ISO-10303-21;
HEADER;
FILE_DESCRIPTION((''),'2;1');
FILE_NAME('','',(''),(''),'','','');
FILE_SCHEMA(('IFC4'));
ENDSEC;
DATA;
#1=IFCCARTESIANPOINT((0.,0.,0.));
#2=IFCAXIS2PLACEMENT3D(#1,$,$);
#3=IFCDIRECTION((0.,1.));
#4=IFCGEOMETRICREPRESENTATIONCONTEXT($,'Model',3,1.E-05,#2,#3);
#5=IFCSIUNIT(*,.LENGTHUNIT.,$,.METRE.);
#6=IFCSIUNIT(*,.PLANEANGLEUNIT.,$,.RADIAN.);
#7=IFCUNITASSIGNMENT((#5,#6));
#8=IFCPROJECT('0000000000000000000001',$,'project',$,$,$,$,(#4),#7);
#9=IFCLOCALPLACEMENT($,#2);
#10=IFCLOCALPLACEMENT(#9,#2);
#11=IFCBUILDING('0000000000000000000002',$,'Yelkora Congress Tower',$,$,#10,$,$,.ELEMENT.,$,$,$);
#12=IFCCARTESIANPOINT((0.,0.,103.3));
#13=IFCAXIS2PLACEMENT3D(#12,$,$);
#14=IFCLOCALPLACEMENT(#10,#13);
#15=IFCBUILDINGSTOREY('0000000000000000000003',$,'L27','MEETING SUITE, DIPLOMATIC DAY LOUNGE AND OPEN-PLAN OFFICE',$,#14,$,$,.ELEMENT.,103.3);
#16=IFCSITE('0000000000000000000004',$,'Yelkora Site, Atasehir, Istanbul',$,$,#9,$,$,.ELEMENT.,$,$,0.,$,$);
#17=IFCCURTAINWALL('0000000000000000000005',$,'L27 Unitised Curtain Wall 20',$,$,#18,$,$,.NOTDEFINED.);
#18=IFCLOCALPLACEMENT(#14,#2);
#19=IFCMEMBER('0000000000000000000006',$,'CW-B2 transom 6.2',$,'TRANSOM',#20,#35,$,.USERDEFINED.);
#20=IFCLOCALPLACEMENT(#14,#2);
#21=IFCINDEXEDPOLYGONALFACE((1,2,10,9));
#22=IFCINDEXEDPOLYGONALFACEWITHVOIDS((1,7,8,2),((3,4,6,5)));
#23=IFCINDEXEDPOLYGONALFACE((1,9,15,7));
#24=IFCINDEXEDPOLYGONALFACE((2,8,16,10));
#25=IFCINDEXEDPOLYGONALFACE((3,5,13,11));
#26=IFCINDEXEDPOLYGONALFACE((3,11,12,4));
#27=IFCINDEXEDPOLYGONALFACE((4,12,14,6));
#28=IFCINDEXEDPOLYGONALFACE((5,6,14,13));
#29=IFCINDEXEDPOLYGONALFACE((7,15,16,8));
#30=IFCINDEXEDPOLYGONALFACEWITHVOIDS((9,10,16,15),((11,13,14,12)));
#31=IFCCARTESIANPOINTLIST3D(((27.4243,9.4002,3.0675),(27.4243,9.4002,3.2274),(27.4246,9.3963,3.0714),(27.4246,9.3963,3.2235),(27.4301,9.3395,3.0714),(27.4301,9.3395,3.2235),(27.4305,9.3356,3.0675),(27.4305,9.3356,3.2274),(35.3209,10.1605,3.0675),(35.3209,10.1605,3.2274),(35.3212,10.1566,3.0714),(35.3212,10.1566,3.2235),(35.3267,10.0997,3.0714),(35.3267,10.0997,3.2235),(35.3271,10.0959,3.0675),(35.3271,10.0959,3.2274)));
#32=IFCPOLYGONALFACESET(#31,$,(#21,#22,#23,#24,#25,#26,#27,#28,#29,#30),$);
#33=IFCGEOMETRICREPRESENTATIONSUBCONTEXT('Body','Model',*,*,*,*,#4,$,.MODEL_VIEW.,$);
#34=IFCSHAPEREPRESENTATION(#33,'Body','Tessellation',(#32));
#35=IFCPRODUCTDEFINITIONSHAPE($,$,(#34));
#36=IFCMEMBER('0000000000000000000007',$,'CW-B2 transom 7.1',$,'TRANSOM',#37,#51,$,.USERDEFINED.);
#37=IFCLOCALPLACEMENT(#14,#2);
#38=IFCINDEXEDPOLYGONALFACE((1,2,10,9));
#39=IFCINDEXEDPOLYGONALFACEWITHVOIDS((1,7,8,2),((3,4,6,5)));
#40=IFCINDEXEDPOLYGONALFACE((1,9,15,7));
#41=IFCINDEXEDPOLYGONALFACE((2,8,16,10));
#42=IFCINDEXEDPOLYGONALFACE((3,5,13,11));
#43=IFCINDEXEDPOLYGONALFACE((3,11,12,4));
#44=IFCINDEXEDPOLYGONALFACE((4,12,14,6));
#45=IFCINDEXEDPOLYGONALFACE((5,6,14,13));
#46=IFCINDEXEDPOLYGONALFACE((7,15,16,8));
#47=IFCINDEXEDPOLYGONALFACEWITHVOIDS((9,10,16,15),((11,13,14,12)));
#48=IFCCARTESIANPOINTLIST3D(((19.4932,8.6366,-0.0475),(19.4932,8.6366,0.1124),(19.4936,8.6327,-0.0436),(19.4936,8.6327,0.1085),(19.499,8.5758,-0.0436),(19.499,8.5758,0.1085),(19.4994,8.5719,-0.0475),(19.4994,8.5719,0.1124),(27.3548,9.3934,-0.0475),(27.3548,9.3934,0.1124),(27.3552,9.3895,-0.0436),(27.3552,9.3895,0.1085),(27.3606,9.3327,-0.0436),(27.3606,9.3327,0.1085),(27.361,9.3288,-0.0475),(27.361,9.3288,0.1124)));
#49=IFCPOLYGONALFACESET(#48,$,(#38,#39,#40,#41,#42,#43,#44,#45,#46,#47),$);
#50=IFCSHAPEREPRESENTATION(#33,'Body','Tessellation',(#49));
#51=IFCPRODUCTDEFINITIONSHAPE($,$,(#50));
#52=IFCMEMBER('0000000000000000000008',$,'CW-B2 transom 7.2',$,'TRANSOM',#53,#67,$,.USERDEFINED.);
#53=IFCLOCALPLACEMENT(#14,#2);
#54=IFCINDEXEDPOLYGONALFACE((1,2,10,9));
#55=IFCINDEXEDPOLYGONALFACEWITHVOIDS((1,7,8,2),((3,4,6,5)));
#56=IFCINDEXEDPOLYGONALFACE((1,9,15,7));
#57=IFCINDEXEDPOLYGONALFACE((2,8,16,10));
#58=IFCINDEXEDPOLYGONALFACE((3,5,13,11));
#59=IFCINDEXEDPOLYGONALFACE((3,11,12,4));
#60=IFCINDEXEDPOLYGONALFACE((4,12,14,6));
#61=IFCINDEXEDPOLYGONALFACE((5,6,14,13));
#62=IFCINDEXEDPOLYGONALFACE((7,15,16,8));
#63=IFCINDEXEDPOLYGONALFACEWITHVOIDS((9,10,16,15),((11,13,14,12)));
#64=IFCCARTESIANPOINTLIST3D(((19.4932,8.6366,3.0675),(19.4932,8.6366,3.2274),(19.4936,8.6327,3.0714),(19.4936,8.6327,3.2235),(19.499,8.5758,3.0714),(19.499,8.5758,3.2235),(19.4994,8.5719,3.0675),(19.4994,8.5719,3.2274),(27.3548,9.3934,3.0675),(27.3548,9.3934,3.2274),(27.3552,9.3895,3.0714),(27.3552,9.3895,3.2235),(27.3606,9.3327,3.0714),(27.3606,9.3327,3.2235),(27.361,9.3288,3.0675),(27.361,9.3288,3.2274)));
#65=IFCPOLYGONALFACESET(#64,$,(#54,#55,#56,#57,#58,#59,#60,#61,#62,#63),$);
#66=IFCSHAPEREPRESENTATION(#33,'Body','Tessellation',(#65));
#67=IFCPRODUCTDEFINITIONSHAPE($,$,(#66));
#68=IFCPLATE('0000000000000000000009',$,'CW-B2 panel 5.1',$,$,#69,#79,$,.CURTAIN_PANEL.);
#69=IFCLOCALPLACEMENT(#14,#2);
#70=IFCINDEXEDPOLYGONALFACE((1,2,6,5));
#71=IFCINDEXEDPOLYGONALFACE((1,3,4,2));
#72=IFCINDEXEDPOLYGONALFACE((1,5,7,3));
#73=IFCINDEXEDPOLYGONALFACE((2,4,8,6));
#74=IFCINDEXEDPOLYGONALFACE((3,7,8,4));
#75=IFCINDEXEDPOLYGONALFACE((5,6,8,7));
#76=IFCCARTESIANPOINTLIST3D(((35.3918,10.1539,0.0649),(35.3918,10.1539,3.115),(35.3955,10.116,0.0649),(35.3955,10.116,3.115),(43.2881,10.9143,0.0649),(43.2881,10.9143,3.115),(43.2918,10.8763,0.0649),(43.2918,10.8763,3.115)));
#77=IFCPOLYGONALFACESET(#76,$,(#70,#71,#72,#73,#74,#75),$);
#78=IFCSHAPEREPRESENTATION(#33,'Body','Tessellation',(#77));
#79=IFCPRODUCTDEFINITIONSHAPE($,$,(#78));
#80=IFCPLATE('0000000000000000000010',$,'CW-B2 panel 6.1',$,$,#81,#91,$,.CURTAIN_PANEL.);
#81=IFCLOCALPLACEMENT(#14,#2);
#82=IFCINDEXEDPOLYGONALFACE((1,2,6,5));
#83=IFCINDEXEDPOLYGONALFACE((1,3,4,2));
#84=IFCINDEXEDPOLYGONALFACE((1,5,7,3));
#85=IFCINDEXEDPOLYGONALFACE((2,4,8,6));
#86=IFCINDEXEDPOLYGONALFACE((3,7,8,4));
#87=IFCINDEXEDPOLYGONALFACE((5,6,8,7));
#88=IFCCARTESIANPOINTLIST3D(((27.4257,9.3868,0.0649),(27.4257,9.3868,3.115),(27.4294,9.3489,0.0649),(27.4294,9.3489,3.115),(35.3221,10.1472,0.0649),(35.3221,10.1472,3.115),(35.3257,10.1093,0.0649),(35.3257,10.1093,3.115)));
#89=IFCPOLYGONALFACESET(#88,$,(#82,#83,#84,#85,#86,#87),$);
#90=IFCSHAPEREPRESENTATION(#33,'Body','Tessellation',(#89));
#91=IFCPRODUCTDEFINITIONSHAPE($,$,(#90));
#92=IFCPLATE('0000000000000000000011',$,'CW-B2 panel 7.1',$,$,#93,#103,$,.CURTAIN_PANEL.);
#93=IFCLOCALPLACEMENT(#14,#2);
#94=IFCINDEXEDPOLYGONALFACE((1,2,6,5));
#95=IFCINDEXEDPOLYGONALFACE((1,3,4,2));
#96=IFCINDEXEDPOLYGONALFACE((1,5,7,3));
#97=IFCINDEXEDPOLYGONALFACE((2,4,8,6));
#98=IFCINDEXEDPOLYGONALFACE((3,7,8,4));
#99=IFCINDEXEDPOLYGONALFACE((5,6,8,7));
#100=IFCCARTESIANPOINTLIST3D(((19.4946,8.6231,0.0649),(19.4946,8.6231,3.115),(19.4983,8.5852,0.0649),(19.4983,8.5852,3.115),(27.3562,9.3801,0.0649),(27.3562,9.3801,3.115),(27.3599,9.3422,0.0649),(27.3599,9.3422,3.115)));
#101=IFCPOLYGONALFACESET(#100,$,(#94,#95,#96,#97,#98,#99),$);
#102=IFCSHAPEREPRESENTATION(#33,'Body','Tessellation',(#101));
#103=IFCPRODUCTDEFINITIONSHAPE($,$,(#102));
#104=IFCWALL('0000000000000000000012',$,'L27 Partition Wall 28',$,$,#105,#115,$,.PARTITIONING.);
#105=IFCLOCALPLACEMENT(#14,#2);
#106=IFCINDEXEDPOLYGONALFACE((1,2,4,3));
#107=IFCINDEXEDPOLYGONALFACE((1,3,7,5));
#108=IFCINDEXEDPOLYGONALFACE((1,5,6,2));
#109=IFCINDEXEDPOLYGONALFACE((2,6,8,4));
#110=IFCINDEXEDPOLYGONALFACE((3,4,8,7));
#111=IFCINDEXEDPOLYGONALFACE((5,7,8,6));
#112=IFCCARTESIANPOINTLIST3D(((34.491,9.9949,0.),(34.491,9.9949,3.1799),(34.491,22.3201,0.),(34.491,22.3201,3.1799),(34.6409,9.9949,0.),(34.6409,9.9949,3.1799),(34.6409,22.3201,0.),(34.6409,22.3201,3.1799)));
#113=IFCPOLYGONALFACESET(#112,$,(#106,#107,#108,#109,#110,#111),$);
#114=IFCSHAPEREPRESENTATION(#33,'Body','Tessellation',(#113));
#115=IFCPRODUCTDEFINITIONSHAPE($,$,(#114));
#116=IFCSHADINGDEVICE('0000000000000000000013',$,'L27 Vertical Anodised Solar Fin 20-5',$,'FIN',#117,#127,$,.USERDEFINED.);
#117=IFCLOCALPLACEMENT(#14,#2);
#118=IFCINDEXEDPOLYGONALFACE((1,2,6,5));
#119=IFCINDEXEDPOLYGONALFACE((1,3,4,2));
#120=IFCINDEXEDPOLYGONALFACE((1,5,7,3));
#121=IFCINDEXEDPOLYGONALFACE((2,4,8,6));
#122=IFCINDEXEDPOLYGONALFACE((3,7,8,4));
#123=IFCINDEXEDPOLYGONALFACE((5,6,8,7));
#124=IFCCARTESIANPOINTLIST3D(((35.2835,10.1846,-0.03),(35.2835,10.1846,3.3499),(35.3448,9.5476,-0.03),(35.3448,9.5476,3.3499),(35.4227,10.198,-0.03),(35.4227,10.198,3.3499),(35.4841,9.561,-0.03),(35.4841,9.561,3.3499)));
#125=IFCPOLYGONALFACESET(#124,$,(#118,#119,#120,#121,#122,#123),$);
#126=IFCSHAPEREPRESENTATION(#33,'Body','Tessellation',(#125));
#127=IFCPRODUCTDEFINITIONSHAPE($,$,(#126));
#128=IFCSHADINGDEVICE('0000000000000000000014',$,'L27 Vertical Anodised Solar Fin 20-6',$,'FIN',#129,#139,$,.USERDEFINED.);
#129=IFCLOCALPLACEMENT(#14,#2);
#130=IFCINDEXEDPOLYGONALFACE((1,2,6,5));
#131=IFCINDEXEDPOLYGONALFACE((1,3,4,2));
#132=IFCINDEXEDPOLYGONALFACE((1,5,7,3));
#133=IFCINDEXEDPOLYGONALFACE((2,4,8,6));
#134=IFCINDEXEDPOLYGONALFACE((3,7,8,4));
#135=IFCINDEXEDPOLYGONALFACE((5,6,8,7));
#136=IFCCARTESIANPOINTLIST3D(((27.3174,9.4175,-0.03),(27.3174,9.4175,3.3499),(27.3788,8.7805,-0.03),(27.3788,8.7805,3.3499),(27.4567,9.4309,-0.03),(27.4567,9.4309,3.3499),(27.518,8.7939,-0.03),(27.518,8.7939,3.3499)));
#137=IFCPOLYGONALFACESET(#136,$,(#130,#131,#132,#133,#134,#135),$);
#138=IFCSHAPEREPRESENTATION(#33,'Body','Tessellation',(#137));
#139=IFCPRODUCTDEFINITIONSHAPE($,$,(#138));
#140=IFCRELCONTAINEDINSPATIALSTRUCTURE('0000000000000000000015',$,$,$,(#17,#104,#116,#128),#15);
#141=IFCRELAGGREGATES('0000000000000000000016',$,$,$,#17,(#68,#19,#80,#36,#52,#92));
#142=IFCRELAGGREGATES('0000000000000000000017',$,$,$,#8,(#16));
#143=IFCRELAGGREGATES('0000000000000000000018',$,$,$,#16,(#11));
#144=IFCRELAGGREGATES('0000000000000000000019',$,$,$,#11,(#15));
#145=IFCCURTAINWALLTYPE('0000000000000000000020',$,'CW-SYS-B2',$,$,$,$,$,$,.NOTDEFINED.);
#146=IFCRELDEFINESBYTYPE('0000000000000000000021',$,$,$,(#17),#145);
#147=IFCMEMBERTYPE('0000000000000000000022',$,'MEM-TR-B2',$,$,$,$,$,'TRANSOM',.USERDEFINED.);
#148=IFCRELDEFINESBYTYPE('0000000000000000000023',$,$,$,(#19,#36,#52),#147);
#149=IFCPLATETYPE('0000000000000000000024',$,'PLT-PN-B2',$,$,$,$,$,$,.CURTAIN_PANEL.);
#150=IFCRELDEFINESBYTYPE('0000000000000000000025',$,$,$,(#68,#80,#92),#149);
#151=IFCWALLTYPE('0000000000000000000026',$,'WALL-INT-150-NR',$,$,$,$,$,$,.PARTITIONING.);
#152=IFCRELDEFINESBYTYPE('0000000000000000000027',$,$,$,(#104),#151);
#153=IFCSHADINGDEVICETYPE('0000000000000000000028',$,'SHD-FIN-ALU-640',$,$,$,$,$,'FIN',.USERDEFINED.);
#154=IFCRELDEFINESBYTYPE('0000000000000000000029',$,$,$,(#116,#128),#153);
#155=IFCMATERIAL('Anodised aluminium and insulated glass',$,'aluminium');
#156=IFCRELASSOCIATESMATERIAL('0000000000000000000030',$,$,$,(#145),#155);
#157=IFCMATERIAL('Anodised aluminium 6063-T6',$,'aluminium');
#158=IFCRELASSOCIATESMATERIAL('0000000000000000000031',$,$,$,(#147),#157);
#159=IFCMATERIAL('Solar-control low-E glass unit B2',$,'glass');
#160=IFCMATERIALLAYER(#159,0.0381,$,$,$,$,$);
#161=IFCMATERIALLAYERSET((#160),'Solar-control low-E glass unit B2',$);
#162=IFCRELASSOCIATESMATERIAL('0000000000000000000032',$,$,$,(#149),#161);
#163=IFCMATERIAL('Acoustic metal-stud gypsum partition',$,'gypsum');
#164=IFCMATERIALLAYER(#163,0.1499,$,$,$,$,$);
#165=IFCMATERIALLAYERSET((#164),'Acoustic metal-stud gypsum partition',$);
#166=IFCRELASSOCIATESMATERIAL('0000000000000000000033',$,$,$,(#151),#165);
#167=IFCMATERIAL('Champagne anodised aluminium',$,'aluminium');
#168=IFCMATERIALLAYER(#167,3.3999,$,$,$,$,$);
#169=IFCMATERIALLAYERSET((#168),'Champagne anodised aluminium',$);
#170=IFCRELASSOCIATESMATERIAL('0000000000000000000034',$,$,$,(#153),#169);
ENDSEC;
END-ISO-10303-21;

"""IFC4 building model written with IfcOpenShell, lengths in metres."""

from ifc_helpers import new_model, si_unit, direction, frame, frame_2d, origin, origin_2d, place, context, subcontext, project, spatial, rectangle, hollow_rectangle, extrude, material, layer, layer_set, material_profile, profile_set, type_object, element, aggregate, save


model = new_model("IFC4")

# Units and contexts
model_context = context("Model", 3, precision=1e-05, world=origin(), true_north=direction((0.0, 1.0)))
body_context = subcontext(model_context, "Body", "Model", "MODEL_VIEW")
ifc_project = project(units=[si_unit("LENGTHUNIT", "METRE"), si_unit("PLANEANGLEUNIT", "RADIAN")], contexts=[model_context])

# Site, building, storey
site_placement = place(None, origin())
site = spatial("IfcSite", under=ifc_project, at=site_placement, Name="Yelkora Site, Atasehir, Istanbul", CompositionType="ELEMENT", RefElevation=0.0)
building_placement = place(site_placement, origin())
building = spatial("IfcBuilding", under=site, at=building_placement, Name="Yelkora Congress Tower", CompositionType="ELEMENT")
storey_placement = place(building_placement, frame((0.0, 0.0, 103.3)))
storey = spatial("IfcBuildingStorey", under=building, at=storey_placement, Name="L27", Description="MEETING SUITE, DIPLOMATIC DAY LOUNGE AND OPEN-PLAN OFFICE", CompositionType="ELEMENT", Elevation=103.3)

# Curtain wall, members, plates
ifc_material_1 = material(Name="Anodised aluminium and insulated glass", Category="aluminium")
curtain_wall_type = type_object("IfcCurtainWallType", Name="CW-SYS-B2", PredefinedType="NOTDEFINED", material=ifc_material_1)
curtain_wall_placement = place(storey_placement, origin())
curtain_wall = element("IfcCurtainWall", 1, at=curtain_wall_placement, inside=storey, type_object=curtain_wall_type, Name="L27 Unitised Curtain Wall 20", PredefinedType="NOTDEFINED")
ifc_material_2 = material(Name="Anodised aluminium 6063-T6", Category="aluminium")
ifc_material_profile_1 = material_profile(ifc_material_2, hollow_rectangle(XDim=0.0649, YDim=0.1599, WallThickness=0.0039, at=origin_2d()), Name="ALU 65x160x4")
ifc_profile_set_1 = profile_set([ifc_material_profile_1], Name="Anodised aluminium 6063-T6")
member_type_1 = type_object("IfcMemberType", Name="MEM-TR-B2", ElementType="TRANSOM", PredefinedType="USERDEFINED", material=ifc_profile_set_1)
member_1_placement = place(storey_placement, frame((35.324, 10.1282, 3.1475), z_axis=(-0.995397, -0.095834, 0.0), x_axis=(0.095834, -0.995397, 0.0)))
member_1 = element("IfcMember", 2, at=member_1_placement, type_object=member_type_1, Name="CW-B2 transom 6.2", ObjectType="TRANSOM", PredefinedType="USERDEFINED", context=body_context, shape_type="SweptSolid", body=[
    extrude(hollow_rectangle(XDim=0.0649, YDim=0.1599, WallThickness=0.0039, at=origin_2d()), origin(), (0.0, 0.0, 1.0), 7.9331),
])
member_2_placement = place(storey_placement, frame((27.3579, 9.3611, 0.0325), z_axis=(-0.995398, -0.095827, 0.0), x_axis=(0.095827, -0.995398, 0.0)))
member_2 = element("IfcMember", 3, at=member_2_placement, type_object=member_type_1, Name="CW-B2 transom 7.1", ObjectType="TRANSOM", PredefinedType="USERDEFINED", context=body_context, shape_type="SweptSolid", body=[
    extrude(hollow_rectangle(XDim=0.0649, YDim=0.1599, WallThickness=0.0039, at=origin_2d()), origin(), (0.0, 0.0, 1.0), 7.8979),
])
member_3_placement = place(storey_placement, frame((27.3579, 9.3611, 3.1475), z_axis=(-0.995398, -0.095827, 0.0), x_axis=(0.095827, -0.995398, 0.0)))
member_3 = element("IfcMember", 4, at=member_3_placement, type_object=member_type_1, Name="CW-B2 transom 7.2", ObjectType="TRANSOM", PredefinedType="USERDEFINED", context=body_context, shape_type="SweptSolid", body=[
    extrude(hollow_rectangle(XDim=0.0649, YDim=0.1599, WallThickness=0.0039, at=origin_2d()), origin(), (0.0, 0.0, 1.0), 7.8979),
])
ifc_material_3 = material(Name="Solar-control low-E glass unit B2", Category="glass")
ifc_layer_1 = layer(ifc_material_3, 0.0381)
ifc_layer_set_1 = layer_set([ifc_layer_1], Name="Solar-control low-E glass unit B2")
plate_type = type_object("IfcPlateType", Name="PLT-PN-B2", PredefinedType="CURTAIN_PANEL", material=ifc_layer_set_1)
plate_1_placement = place(storey_placement, frame((39.3418, 10.5151, 0.0649), z_axis=(0.0, 0.0, 1.0), x_axis=(-0.995396, -0.095844, 0.0)))
plate_1 = element("IfcPlate", 5, at=plate_1_placement, type_object=plate_type, Name="CW-B2 panel 5.1", PredefinedType="CURTAIN_PANEL", context=body_context, shape_type="SweptSolid", body=[
    extrude(rectangle(XDim=7.9329, YDim=0.0381, at=origin_2d()), origin(), (0.0, 0.0, 1.0), 3.05),
])
plate_2_placement = place(storey_placement, frame((31.3757, 9.748, 0.0649), z_axis=(0.0, 0.0, 1.0), x_axis=(-0.995396, -0.095844, 0.0)))
plate_2 = element("IfcPlate", 6, at=plate_2_placement, type_object=plate_type, Name="CW-B2 panel 6.1", PredefinedType="CURTAIN_PANEL", context=body_context, shape_type="SweptSolid", body=[
    extrude(rectangle(XDim=7.9329, YDim=0.0381, at=origin_2d()), origin(), (0.0, 0.0, 1.0), 3.05),
])
plate_3_placement = place(storey_placement, frame((23.4272, 8.9827, 0.0649), z_axis=(0.0, 0.0, 1.0), x_axis=(-0.995396, -0.095844, 0.0)))
plate_3 = element("IfcPlate", 7, at=plate_3_placement, type_object=plate_type, Name="CW-B2 panel 7.1", PredefinedType="CURTAIN_PANEL", context=body_context, shape_type="SweptSolid", body=[
    extrude(rectangle(XDim=7.8979, YDim=0.0381, at=origin_2d()), origin(), (0.0, 0.0, 1.0), 3.05),
])
aggregate(curtain_wall, [plate_1, member_1, plate_2, member_2, member_3, plate_3])

# Wall
ifc_material_4 = material(Name="Acoustic metal-stud gypsum partition", Category="gypsum")
ifc_layer_2 = layer(ifc_material_4, 0.1499)
ifc_layer_set_2 = layer_set([ifc_layer_2], Name="Acoustic metal-stud gypsum partition")
wall_type = type_object("IfcWallType", Name="WALL-INT-150-NR", PredefinedType="PARTITIONING", material=ifc_layer_set_2)
wall_placement = place(storey_placement, frame((34.5659, 9.9949, 0.0), z_axis=(0.0, 0.0, 1.0), x_axis=(0.0, 1.0, 0.0)))
element("IfcWall", 8, at=wall_placement, inside=storey, type_object=wall_type, Name="L27 Partition Wall 28", PredefinedType="PARTITIONING", context=body_context, shape_type="SweptSolid", body=[
    extrude(rectangle(XDim=12.3252, YDim=0.1499, at=frame_2d((6.1626, 0.0))), origin(), (0.0, 0.0, 1.0), 3.1799),
])

# Shading devices
ifc_material_5 = material(Name="Champagne anodised aluminium", Category="aluminium")
ifc_layer_3 = layer(ifc_material_5, 3.3999)
ifc_layer_set_3 = layer_set([ifc_layer_3], Name="Champagne anodised aluminium")
shading_device_type = type_object("IfcShadingDeviceType", Name="SHD-FIN-ALU-640", ElementType="FIN", PredefinedType="USERDEFINED", material=ifc_layer_set_3)
for number, where, z_axis, x_axis, name in (
    (9, (35.3838, 9.8728, -0.03), (0.0, 0.0, 1.0), (-0.995396, -0.095846, 0.0), "L27 Vertical Anodised Solar Fin 20-5"),
    (10, (27.4177, 9.1057, -0.03), (0.0, 0.0, 1.0), (-0.995396, -0.095846, 0.0), "L27 Vertical Anodised Solar Fin 20-6"),
):
    element("IfcShadingDevice", number, at=place(storey_placement, frame(where, z_axis=z_axis, x_axis=x_axis)), inside=storey, type_object=shading_device_type, Name=name, ObjectType="FIN", PredefinedType="USERDEFINED", context=body_context, shape_type="SweptSolid", body=[
        extrude(rectangle(XDim=0.1399, YDim=0.6399, at=origin_2d()), origin(), (0.0, 0.0, 1.0), 3.3799),
    ])

save(model, "model.ifc")
